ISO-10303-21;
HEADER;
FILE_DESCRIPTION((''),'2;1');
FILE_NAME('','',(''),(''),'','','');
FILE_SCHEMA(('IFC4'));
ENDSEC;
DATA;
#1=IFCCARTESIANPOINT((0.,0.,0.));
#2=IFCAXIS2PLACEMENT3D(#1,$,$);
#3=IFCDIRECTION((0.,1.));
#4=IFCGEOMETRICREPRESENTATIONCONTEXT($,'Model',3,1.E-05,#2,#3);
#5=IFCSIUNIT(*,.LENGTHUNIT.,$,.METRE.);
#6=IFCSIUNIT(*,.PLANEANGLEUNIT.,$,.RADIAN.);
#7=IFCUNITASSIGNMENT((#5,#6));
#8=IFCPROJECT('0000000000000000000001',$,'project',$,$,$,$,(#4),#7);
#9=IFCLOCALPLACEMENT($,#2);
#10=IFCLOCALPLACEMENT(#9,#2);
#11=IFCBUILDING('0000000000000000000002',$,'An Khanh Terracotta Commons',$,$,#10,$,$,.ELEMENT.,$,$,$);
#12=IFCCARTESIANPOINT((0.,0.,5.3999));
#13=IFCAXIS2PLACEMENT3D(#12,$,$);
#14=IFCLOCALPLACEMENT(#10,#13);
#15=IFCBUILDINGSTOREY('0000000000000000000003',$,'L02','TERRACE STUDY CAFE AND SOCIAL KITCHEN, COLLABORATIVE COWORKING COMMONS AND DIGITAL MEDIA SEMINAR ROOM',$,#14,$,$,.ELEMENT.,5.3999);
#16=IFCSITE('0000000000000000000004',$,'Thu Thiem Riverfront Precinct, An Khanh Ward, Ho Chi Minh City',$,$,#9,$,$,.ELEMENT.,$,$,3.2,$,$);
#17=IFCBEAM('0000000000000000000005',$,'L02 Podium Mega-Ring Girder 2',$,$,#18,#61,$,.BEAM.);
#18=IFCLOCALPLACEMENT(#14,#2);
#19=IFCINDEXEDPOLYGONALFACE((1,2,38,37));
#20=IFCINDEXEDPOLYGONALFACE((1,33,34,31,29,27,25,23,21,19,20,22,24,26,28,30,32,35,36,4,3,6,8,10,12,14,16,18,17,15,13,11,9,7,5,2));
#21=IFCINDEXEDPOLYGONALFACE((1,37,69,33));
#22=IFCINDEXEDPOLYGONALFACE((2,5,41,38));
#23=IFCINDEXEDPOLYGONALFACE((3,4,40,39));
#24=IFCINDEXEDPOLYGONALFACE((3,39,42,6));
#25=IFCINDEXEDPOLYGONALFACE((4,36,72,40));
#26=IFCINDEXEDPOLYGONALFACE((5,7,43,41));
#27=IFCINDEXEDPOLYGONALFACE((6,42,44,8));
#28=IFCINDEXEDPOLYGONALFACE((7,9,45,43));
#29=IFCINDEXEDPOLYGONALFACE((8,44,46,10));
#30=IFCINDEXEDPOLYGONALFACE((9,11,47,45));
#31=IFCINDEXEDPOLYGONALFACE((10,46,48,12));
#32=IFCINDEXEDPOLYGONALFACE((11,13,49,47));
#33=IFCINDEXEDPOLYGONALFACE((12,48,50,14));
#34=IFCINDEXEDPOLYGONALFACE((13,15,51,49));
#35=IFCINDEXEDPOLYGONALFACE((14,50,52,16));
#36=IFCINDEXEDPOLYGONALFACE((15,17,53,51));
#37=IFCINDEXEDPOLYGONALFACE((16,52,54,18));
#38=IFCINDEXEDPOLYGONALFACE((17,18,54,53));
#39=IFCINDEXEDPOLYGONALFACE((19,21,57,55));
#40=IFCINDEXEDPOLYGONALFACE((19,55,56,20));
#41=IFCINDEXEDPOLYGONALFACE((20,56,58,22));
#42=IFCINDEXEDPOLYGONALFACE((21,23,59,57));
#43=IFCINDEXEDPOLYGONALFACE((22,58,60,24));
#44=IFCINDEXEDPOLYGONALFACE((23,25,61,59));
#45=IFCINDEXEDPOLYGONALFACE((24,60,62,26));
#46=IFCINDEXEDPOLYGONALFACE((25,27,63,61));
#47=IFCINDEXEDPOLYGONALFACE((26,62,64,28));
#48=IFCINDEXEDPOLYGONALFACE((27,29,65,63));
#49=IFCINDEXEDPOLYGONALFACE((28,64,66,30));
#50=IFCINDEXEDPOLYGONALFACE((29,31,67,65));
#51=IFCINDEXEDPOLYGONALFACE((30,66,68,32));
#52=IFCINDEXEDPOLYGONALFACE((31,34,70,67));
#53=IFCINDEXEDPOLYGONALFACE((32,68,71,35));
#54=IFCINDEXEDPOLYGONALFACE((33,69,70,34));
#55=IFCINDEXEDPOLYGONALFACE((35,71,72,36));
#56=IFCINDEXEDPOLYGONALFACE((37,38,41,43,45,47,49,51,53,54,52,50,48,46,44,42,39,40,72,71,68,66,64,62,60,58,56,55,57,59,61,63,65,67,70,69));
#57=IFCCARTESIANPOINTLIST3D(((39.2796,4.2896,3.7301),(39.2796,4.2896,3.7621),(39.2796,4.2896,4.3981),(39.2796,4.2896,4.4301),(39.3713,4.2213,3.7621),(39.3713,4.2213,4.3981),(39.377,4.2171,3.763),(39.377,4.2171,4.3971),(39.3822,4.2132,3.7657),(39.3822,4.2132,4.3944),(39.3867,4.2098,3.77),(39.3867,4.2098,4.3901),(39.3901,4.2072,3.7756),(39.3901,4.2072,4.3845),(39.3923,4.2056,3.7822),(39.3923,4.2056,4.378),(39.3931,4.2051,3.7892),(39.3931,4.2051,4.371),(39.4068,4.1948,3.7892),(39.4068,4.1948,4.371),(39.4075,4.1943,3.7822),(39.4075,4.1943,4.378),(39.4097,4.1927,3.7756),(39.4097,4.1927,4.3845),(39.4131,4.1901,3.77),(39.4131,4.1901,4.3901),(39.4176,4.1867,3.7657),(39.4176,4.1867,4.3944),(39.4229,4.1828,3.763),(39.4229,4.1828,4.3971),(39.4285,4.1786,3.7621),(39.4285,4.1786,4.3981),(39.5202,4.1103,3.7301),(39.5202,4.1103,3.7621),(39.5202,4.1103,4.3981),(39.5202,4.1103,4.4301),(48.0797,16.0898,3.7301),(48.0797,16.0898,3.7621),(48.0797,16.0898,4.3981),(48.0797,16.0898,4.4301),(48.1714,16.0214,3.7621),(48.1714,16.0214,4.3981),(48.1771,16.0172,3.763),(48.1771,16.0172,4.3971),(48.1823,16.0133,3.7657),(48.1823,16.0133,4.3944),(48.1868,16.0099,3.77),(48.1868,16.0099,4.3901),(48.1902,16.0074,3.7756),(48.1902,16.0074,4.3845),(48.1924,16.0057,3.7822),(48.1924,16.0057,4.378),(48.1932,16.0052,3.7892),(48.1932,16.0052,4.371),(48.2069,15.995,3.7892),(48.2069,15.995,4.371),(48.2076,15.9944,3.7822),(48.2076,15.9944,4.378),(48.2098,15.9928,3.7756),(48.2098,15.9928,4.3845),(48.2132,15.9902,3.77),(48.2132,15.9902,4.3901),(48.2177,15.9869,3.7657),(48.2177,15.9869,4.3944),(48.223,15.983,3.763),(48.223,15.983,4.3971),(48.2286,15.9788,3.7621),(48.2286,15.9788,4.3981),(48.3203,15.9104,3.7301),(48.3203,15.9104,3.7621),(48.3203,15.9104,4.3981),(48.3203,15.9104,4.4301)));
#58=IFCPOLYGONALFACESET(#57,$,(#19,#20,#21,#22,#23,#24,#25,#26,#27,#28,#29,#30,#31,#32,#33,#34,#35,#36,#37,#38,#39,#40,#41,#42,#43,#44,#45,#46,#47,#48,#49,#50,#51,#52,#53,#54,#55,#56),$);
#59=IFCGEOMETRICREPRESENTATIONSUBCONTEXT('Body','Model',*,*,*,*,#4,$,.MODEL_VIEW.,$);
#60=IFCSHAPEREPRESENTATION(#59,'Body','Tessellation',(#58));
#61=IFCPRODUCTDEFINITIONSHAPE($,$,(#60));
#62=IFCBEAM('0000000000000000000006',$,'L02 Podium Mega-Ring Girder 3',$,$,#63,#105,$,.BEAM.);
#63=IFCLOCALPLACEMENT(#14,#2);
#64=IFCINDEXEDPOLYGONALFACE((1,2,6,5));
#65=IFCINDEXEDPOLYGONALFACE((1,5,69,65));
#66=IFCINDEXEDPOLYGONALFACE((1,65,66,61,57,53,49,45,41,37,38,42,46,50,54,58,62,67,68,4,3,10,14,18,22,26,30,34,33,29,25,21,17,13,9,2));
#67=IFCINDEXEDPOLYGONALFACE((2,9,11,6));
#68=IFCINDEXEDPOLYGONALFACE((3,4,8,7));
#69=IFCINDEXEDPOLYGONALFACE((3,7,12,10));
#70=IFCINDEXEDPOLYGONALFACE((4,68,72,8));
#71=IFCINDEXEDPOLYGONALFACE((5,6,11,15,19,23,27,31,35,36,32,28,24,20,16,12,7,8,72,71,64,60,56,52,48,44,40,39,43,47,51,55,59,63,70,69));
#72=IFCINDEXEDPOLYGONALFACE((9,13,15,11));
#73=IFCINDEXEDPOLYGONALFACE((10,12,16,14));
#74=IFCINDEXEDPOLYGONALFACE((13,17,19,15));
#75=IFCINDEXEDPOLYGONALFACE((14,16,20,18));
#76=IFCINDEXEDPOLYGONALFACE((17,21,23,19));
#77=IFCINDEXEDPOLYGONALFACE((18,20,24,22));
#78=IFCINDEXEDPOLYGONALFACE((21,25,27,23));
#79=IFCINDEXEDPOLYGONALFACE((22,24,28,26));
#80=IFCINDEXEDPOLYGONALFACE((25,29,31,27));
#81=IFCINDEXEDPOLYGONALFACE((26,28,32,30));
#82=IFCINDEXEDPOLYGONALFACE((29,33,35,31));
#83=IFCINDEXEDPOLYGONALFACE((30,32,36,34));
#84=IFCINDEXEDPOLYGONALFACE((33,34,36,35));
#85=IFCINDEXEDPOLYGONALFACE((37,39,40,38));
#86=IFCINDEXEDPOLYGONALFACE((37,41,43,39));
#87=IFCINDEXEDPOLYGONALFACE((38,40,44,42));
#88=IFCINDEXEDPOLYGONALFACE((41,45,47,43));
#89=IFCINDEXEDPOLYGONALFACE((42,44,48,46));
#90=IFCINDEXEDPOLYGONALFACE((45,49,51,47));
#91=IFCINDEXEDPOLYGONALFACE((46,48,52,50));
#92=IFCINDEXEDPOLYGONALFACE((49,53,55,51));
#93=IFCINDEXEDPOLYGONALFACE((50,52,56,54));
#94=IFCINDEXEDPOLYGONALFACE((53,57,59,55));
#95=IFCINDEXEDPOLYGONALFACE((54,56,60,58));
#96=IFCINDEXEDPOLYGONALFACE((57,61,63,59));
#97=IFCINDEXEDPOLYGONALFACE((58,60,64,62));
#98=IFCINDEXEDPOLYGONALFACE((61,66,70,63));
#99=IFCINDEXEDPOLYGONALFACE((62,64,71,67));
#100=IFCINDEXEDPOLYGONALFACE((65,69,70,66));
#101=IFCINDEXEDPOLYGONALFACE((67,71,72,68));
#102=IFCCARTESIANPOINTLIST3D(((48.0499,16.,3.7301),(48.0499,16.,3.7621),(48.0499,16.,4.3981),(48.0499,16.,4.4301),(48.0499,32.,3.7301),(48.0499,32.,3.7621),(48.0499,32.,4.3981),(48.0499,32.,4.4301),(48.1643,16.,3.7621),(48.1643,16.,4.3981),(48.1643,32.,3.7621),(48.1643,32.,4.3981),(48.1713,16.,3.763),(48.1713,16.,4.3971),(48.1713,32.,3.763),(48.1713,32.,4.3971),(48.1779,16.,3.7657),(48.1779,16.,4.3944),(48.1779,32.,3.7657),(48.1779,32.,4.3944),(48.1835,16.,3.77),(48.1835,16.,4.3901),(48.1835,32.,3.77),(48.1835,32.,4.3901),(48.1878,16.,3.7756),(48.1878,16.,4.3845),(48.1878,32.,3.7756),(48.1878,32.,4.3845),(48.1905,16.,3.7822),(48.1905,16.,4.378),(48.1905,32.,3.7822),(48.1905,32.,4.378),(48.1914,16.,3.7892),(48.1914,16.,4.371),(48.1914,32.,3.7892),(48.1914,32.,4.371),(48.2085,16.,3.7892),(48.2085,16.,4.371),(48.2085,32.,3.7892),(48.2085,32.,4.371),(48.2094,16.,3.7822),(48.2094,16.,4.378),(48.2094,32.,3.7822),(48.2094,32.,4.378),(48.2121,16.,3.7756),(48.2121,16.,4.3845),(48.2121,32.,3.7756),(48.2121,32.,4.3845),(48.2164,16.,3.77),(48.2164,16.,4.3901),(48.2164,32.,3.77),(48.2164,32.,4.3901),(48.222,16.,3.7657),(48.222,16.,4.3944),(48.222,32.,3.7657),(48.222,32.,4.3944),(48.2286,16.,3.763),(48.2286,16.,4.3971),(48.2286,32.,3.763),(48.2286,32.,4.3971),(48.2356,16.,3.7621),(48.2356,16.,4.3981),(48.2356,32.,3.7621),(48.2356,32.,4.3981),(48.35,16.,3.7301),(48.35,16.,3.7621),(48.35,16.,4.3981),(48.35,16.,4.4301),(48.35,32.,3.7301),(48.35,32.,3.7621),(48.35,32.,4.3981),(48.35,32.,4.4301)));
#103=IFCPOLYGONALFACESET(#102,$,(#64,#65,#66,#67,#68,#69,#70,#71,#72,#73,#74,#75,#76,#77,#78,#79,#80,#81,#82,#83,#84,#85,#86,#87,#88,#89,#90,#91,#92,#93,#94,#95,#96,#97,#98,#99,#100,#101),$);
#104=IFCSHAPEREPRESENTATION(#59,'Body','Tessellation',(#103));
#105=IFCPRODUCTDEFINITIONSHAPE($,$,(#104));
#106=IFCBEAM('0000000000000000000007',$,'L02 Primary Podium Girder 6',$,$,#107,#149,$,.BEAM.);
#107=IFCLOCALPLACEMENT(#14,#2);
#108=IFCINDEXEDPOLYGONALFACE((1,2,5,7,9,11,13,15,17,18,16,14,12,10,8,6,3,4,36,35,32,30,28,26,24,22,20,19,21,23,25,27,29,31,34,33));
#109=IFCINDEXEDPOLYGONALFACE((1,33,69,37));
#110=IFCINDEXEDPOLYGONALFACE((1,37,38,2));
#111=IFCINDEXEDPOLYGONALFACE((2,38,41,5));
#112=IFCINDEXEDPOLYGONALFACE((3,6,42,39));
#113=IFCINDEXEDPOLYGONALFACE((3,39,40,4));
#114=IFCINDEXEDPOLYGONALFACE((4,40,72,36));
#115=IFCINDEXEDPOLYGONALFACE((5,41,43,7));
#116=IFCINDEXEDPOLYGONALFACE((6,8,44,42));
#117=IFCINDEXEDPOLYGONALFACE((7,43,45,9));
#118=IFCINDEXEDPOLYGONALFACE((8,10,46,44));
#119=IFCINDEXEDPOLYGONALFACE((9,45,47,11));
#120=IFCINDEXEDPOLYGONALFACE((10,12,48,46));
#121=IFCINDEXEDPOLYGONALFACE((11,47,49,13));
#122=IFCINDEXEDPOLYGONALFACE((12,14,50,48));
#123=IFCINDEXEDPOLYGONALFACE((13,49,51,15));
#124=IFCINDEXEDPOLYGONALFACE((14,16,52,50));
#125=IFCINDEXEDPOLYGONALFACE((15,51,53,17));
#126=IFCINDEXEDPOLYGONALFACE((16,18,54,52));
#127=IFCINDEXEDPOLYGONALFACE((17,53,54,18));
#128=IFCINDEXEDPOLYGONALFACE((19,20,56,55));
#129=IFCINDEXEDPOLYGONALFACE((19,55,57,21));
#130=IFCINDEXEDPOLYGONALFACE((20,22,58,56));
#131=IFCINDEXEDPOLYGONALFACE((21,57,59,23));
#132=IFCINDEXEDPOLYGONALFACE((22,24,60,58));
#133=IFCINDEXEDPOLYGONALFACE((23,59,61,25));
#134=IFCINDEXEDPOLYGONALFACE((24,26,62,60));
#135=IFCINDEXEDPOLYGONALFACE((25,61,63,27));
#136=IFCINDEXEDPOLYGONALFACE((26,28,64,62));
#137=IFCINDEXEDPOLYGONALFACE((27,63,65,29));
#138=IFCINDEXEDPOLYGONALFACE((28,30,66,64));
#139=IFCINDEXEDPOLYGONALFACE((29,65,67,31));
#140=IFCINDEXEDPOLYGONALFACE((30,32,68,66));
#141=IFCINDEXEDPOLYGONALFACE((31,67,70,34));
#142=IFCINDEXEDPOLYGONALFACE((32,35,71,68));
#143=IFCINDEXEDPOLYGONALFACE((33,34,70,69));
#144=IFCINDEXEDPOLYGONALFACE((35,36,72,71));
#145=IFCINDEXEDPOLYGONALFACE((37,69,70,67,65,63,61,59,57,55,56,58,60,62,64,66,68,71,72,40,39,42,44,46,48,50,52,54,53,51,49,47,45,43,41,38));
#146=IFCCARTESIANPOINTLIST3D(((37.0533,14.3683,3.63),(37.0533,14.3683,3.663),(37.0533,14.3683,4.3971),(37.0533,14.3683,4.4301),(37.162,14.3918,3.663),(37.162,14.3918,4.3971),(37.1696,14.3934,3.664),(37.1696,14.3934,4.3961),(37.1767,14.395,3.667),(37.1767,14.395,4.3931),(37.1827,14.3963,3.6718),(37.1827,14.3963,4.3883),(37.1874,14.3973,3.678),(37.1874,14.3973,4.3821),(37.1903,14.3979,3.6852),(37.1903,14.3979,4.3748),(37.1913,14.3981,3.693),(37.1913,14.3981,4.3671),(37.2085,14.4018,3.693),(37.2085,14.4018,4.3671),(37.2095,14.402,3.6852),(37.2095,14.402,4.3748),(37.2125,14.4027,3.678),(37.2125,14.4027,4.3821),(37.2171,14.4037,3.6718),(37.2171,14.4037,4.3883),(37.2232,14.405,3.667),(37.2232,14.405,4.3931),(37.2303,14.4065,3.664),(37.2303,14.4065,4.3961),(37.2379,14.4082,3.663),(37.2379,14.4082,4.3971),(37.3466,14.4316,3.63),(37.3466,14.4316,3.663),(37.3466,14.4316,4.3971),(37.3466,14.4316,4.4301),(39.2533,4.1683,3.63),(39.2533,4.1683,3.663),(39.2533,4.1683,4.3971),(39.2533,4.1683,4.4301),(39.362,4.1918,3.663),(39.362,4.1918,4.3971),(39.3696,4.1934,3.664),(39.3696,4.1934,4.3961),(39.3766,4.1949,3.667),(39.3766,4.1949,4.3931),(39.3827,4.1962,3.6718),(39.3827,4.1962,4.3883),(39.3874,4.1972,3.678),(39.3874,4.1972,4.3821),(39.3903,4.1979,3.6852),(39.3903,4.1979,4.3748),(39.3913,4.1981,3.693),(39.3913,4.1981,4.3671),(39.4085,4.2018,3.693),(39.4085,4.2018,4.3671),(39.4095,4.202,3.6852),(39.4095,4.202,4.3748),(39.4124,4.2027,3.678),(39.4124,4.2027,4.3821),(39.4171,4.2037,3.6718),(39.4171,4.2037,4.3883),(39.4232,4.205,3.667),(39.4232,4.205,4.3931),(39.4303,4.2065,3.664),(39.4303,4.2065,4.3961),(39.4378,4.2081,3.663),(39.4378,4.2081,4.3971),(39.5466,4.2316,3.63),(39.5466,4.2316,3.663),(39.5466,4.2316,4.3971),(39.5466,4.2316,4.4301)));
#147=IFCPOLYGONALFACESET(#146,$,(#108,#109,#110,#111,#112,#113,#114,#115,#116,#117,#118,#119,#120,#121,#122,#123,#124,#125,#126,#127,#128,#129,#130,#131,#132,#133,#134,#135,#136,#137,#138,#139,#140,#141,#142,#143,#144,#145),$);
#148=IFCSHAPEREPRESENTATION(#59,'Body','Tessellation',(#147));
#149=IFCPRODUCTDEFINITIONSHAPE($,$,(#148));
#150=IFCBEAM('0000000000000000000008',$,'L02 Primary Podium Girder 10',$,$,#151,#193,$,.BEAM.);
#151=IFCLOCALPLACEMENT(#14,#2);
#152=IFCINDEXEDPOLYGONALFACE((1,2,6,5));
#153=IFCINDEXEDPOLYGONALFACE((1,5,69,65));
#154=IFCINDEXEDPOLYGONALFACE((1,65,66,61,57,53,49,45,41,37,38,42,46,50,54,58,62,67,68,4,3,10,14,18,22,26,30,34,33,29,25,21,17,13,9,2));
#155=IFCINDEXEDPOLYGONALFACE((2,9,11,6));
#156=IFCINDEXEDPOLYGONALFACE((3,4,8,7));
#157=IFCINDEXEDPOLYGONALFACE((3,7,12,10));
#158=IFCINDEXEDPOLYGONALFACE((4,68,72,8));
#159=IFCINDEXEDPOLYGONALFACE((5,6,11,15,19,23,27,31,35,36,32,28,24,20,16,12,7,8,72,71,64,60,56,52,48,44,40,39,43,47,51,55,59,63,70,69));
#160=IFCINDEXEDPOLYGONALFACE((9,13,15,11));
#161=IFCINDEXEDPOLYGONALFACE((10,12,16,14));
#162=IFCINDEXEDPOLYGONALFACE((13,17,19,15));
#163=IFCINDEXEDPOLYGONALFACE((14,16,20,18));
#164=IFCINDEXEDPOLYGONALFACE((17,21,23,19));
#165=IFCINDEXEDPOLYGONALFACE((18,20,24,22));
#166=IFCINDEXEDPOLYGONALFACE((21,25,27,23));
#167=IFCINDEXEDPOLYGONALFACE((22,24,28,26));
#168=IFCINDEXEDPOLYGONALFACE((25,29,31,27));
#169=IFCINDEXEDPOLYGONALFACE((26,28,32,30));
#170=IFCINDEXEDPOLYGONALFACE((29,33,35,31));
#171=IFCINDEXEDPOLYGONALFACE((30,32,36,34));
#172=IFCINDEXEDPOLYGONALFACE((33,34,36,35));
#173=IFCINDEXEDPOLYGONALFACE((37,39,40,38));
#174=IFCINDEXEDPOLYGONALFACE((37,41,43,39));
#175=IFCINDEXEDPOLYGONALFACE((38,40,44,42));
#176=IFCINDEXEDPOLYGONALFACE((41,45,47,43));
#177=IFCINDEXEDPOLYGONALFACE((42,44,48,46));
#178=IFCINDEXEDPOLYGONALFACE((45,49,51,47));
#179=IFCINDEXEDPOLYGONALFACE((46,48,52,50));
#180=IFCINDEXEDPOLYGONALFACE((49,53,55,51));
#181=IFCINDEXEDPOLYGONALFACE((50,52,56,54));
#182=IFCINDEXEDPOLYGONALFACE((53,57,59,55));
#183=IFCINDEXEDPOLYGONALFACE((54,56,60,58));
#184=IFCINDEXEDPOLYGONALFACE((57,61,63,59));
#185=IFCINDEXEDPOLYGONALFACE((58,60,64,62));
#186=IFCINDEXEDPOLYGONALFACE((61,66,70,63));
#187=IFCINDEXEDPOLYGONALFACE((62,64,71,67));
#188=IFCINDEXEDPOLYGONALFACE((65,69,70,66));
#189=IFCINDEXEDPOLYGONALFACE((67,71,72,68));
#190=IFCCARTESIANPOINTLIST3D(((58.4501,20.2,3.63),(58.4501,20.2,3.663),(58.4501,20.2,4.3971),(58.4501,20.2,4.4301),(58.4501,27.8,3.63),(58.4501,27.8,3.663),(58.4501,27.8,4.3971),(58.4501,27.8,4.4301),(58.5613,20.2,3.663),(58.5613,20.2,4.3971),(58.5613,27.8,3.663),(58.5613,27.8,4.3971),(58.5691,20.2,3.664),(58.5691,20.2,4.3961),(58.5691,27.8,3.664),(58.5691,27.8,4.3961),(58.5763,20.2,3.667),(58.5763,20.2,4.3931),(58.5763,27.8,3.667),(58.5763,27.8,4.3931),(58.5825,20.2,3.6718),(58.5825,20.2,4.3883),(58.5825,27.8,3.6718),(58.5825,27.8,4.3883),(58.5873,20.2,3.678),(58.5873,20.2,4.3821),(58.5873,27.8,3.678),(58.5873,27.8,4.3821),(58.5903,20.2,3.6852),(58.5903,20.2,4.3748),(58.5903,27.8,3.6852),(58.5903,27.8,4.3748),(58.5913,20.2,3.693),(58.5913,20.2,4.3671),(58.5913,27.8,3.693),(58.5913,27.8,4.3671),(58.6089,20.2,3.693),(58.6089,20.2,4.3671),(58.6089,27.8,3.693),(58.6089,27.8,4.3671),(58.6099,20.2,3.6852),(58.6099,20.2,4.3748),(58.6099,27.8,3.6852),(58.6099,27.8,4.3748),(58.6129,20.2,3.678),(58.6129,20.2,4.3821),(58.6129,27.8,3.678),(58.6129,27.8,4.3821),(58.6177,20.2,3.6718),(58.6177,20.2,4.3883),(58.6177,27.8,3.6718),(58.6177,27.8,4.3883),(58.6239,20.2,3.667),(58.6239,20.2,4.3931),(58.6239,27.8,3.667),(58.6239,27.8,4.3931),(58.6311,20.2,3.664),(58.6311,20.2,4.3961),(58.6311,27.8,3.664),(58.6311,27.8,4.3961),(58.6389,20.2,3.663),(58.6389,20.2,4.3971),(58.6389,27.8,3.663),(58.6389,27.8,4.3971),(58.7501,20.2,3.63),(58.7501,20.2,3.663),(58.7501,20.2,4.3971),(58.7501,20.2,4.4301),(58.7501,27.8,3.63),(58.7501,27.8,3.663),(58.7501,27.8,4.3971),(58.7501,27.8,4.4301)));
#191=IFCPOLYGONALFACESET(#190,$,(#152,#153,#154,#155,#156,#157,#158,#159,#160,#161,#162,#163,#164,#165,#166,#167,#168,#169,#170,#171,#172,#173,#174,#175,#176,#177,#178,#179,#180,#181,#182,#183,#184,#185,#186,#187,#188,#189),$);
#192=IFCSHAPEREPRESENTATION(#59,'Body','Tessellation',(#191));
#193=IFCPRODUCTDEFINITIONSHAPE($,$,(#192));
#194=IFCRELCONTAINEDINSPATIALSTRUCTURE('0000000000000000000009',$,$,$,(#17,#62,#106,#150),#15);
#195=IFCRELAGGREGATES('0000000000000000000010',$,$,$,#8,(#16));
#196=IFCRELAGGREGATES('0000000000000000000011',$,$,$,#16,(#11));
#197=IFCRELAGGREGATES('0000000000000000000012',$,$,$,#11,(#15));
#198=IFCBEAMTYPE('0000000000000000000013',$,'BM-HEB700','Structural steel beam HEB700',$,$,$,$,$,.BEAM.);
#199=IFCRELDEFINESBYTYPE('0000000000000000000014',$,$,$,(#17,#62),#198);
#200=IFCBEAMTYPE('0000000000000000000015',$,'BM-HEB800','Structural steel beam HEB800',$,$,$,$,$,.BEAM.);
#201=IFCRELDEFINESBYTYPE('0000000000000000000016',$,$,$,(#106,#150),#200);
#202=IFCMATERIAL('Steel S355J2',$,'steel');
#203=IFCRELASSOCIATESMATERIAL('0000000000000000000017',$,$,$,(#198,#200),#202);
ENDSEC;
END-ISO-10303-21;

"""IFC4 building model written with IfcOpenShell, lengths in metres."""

from ifc_helpers import new_model, si_unit, direction, frame, origin, origin_2d, place, context, subcontext, project, spatial, i_section, extrude, material, material_profile, profile_set, type_object, element, save


model = new_model("IFC4")

# Units and contexts
model_context = context("Model", 3, precision=1e-05, world=origin(), true_north=direction((0.0, 1.0)))
body_context = subcontext(model_context, "Body", "Model", "MODEL_VIEW")
ifc_project = project(units=[si_unit("LENGTHUNIT", "METRE"), si_unit("PLANEANGLEUNIT", "RADIAN")], contexts=[model_context])

# Site, building, storey
site_placement = place(None, origin())
site = spatial("IfcSite", under=ifc_project, at=site_placement, Name="Thu Thiem Riverfront Precinct, An Khanh Ward, Ho Chi Minh City", CompositionType="ELEMENT", RefElevation=3.2)
building_placement = place(site_placement, origin())
building = spatial("IfcBuilding", under=site, at=building_placement, Name="An Khanh Terracotta Commons", CompositionType="ELEMENT")
storey_placement = place(building_placement, frame((0.0, 0.0, 5.3999)))
storey = spatial("IfcBuildingStorey", under=building, at=storey_placement, Name="L02", Description="TERRACE STUDY CAFE AND SOCIAL KITCHEN, COLLABORATIVE COWORKING COMMONS AND DIGITAL MEDIA SEMINAR ROOM", CompositionType="ELEMENT", Elevation=5.3999)

# Beams
ifc_material_1 = material(Name="Steel S355J2", Category="steel")
ifc_material_profile_1 = material_profile(ifc_material_1, i_section(OverallWidth=0.3, OverallDepth=0.7, WebThickness=0.0171, FlangeThickness=0.032, FilletRadius=0.0271, at=origin_2d()), Name="HEB700")
ifc_profile_set_1 = profile_set([ifc_material_profile_1], Name="Steel S355J2")
beam_type_1 = type_object("IfcBeamType", Name="BM-HEB700", Description="Structural steel beam HEB700", PredefinedType="BEAM", material=ifc_profile_set_1)
beam_1_placement = place(storey_placement, frame((39.3999, 4.2, 4.0801), z_axis=(0.597824, 0.801627, 0.0), x_axis=(-0.801627, 0.597824, 0.0)))
element("IfcBeam", 1, at=beam_1_placement, inside=storey, type_object=beam_type_1, Name="L02 Podium Mega-Ring Girder 2", PredefinedType="BEAM", context=body_context, shape_type="SweptSolid", body=[
    extrude(i_section(OverallWidth=0.3, OverallDepth=0.7, WebThickness=0.0171, FlangeThickness=0.032, FilletRadius=0.0271, at=origin_2d()), origin(), (0.0, 0.0, 1.0), 14.7202),
])
beam_2_placement = place(storey_placement, frame((48.2, 16.0, 4.0801), z_axis=(0.0, 1.0, 0.0), x_axis=(-1.0, 0.0, 0.0)))
element("IfcBeam", 2, at=beam_2_placement, inside=storey, type_object=beam_type_1, Name="L02 Podium Mega-Ring Girder 3", PredefinedType="BEAM", context=body_context, shape_type="SweptSolid", body=[
    extrude(i_section(OverallWidth=0.3, OverallDepth=0.7, WebThickness=0.0171, FlangeThickness=0.032, FilletRadius=0.0271, at=origin_2d()), origin(), (0.0, 0.0, 1.0), 16.0),
])
ifc_material_profile_2 = material_profile(ifc_material_1, i_section(OverallWidth=0.3, OverallDepth=0.8, WebThickness=0.0176, FlangeThickness=0.033, FilletRadius=0.03, at=origin_2d()), Name="HEB800")
ifc_profile_set_2 = profile_set([ifc_material_profile_2], Name="Steel S355J2")
beam_type_2 = type_object("IfcBeamType", Name="BM-HEB800", Description="Structural steel beam HEB800", PredefinedType="BEAM", material=ifc_profile_set_2)
beam_3_placement = place(storey_placement, frame((39.3999, 4.2, 4.03), z_axis=(-0.210834, 0.977522, 0.0), x_axis=(-0.977522, -0.210834, 0.0)))
element("IfcBeam", 3, at=beam_3_placement, inside=storey, type_object=beam_type_2, Name="L02 Primary Podium Girder 6", PredefinedType="BEAM", context=body_context, shape_type="SweptSolid", body=[
    extrude(i_section(OverallWidth=0.3, OverallDepth=0.8, WebThickness=0.0176, FlangeThickness=0.033, FilletRadius=0.03, at=origin_2d()), origin(), (0.0, 0.0, 1.0), 10.4346),
])
beam_4_placement = place(storey_placement, frame((58.6001, 20.2, 4.03), z_axis=(0.0, 1.0, 0.0), x_axis=(-1.0, 0.0, 0.0)))
element("IfcBeam", 4, at=beam_4_placement, inside=storey, type_object=beam_type_2, Name="L02 Primary Podium Girder 10", PredefinedType="BEAM", context=body_context, shape_type="SweptSolid", body=[
    extrude(i_section(OverallWidth=0.3, OverallDepth=0.8, WebThickness=0.0176, FlangeThickness=0.033, FilletRadius=0.03, at=origin_2d()), origin(), (0.0, 0.0, 1.0), 7.6001),
])

save(model, "model.ifc")
